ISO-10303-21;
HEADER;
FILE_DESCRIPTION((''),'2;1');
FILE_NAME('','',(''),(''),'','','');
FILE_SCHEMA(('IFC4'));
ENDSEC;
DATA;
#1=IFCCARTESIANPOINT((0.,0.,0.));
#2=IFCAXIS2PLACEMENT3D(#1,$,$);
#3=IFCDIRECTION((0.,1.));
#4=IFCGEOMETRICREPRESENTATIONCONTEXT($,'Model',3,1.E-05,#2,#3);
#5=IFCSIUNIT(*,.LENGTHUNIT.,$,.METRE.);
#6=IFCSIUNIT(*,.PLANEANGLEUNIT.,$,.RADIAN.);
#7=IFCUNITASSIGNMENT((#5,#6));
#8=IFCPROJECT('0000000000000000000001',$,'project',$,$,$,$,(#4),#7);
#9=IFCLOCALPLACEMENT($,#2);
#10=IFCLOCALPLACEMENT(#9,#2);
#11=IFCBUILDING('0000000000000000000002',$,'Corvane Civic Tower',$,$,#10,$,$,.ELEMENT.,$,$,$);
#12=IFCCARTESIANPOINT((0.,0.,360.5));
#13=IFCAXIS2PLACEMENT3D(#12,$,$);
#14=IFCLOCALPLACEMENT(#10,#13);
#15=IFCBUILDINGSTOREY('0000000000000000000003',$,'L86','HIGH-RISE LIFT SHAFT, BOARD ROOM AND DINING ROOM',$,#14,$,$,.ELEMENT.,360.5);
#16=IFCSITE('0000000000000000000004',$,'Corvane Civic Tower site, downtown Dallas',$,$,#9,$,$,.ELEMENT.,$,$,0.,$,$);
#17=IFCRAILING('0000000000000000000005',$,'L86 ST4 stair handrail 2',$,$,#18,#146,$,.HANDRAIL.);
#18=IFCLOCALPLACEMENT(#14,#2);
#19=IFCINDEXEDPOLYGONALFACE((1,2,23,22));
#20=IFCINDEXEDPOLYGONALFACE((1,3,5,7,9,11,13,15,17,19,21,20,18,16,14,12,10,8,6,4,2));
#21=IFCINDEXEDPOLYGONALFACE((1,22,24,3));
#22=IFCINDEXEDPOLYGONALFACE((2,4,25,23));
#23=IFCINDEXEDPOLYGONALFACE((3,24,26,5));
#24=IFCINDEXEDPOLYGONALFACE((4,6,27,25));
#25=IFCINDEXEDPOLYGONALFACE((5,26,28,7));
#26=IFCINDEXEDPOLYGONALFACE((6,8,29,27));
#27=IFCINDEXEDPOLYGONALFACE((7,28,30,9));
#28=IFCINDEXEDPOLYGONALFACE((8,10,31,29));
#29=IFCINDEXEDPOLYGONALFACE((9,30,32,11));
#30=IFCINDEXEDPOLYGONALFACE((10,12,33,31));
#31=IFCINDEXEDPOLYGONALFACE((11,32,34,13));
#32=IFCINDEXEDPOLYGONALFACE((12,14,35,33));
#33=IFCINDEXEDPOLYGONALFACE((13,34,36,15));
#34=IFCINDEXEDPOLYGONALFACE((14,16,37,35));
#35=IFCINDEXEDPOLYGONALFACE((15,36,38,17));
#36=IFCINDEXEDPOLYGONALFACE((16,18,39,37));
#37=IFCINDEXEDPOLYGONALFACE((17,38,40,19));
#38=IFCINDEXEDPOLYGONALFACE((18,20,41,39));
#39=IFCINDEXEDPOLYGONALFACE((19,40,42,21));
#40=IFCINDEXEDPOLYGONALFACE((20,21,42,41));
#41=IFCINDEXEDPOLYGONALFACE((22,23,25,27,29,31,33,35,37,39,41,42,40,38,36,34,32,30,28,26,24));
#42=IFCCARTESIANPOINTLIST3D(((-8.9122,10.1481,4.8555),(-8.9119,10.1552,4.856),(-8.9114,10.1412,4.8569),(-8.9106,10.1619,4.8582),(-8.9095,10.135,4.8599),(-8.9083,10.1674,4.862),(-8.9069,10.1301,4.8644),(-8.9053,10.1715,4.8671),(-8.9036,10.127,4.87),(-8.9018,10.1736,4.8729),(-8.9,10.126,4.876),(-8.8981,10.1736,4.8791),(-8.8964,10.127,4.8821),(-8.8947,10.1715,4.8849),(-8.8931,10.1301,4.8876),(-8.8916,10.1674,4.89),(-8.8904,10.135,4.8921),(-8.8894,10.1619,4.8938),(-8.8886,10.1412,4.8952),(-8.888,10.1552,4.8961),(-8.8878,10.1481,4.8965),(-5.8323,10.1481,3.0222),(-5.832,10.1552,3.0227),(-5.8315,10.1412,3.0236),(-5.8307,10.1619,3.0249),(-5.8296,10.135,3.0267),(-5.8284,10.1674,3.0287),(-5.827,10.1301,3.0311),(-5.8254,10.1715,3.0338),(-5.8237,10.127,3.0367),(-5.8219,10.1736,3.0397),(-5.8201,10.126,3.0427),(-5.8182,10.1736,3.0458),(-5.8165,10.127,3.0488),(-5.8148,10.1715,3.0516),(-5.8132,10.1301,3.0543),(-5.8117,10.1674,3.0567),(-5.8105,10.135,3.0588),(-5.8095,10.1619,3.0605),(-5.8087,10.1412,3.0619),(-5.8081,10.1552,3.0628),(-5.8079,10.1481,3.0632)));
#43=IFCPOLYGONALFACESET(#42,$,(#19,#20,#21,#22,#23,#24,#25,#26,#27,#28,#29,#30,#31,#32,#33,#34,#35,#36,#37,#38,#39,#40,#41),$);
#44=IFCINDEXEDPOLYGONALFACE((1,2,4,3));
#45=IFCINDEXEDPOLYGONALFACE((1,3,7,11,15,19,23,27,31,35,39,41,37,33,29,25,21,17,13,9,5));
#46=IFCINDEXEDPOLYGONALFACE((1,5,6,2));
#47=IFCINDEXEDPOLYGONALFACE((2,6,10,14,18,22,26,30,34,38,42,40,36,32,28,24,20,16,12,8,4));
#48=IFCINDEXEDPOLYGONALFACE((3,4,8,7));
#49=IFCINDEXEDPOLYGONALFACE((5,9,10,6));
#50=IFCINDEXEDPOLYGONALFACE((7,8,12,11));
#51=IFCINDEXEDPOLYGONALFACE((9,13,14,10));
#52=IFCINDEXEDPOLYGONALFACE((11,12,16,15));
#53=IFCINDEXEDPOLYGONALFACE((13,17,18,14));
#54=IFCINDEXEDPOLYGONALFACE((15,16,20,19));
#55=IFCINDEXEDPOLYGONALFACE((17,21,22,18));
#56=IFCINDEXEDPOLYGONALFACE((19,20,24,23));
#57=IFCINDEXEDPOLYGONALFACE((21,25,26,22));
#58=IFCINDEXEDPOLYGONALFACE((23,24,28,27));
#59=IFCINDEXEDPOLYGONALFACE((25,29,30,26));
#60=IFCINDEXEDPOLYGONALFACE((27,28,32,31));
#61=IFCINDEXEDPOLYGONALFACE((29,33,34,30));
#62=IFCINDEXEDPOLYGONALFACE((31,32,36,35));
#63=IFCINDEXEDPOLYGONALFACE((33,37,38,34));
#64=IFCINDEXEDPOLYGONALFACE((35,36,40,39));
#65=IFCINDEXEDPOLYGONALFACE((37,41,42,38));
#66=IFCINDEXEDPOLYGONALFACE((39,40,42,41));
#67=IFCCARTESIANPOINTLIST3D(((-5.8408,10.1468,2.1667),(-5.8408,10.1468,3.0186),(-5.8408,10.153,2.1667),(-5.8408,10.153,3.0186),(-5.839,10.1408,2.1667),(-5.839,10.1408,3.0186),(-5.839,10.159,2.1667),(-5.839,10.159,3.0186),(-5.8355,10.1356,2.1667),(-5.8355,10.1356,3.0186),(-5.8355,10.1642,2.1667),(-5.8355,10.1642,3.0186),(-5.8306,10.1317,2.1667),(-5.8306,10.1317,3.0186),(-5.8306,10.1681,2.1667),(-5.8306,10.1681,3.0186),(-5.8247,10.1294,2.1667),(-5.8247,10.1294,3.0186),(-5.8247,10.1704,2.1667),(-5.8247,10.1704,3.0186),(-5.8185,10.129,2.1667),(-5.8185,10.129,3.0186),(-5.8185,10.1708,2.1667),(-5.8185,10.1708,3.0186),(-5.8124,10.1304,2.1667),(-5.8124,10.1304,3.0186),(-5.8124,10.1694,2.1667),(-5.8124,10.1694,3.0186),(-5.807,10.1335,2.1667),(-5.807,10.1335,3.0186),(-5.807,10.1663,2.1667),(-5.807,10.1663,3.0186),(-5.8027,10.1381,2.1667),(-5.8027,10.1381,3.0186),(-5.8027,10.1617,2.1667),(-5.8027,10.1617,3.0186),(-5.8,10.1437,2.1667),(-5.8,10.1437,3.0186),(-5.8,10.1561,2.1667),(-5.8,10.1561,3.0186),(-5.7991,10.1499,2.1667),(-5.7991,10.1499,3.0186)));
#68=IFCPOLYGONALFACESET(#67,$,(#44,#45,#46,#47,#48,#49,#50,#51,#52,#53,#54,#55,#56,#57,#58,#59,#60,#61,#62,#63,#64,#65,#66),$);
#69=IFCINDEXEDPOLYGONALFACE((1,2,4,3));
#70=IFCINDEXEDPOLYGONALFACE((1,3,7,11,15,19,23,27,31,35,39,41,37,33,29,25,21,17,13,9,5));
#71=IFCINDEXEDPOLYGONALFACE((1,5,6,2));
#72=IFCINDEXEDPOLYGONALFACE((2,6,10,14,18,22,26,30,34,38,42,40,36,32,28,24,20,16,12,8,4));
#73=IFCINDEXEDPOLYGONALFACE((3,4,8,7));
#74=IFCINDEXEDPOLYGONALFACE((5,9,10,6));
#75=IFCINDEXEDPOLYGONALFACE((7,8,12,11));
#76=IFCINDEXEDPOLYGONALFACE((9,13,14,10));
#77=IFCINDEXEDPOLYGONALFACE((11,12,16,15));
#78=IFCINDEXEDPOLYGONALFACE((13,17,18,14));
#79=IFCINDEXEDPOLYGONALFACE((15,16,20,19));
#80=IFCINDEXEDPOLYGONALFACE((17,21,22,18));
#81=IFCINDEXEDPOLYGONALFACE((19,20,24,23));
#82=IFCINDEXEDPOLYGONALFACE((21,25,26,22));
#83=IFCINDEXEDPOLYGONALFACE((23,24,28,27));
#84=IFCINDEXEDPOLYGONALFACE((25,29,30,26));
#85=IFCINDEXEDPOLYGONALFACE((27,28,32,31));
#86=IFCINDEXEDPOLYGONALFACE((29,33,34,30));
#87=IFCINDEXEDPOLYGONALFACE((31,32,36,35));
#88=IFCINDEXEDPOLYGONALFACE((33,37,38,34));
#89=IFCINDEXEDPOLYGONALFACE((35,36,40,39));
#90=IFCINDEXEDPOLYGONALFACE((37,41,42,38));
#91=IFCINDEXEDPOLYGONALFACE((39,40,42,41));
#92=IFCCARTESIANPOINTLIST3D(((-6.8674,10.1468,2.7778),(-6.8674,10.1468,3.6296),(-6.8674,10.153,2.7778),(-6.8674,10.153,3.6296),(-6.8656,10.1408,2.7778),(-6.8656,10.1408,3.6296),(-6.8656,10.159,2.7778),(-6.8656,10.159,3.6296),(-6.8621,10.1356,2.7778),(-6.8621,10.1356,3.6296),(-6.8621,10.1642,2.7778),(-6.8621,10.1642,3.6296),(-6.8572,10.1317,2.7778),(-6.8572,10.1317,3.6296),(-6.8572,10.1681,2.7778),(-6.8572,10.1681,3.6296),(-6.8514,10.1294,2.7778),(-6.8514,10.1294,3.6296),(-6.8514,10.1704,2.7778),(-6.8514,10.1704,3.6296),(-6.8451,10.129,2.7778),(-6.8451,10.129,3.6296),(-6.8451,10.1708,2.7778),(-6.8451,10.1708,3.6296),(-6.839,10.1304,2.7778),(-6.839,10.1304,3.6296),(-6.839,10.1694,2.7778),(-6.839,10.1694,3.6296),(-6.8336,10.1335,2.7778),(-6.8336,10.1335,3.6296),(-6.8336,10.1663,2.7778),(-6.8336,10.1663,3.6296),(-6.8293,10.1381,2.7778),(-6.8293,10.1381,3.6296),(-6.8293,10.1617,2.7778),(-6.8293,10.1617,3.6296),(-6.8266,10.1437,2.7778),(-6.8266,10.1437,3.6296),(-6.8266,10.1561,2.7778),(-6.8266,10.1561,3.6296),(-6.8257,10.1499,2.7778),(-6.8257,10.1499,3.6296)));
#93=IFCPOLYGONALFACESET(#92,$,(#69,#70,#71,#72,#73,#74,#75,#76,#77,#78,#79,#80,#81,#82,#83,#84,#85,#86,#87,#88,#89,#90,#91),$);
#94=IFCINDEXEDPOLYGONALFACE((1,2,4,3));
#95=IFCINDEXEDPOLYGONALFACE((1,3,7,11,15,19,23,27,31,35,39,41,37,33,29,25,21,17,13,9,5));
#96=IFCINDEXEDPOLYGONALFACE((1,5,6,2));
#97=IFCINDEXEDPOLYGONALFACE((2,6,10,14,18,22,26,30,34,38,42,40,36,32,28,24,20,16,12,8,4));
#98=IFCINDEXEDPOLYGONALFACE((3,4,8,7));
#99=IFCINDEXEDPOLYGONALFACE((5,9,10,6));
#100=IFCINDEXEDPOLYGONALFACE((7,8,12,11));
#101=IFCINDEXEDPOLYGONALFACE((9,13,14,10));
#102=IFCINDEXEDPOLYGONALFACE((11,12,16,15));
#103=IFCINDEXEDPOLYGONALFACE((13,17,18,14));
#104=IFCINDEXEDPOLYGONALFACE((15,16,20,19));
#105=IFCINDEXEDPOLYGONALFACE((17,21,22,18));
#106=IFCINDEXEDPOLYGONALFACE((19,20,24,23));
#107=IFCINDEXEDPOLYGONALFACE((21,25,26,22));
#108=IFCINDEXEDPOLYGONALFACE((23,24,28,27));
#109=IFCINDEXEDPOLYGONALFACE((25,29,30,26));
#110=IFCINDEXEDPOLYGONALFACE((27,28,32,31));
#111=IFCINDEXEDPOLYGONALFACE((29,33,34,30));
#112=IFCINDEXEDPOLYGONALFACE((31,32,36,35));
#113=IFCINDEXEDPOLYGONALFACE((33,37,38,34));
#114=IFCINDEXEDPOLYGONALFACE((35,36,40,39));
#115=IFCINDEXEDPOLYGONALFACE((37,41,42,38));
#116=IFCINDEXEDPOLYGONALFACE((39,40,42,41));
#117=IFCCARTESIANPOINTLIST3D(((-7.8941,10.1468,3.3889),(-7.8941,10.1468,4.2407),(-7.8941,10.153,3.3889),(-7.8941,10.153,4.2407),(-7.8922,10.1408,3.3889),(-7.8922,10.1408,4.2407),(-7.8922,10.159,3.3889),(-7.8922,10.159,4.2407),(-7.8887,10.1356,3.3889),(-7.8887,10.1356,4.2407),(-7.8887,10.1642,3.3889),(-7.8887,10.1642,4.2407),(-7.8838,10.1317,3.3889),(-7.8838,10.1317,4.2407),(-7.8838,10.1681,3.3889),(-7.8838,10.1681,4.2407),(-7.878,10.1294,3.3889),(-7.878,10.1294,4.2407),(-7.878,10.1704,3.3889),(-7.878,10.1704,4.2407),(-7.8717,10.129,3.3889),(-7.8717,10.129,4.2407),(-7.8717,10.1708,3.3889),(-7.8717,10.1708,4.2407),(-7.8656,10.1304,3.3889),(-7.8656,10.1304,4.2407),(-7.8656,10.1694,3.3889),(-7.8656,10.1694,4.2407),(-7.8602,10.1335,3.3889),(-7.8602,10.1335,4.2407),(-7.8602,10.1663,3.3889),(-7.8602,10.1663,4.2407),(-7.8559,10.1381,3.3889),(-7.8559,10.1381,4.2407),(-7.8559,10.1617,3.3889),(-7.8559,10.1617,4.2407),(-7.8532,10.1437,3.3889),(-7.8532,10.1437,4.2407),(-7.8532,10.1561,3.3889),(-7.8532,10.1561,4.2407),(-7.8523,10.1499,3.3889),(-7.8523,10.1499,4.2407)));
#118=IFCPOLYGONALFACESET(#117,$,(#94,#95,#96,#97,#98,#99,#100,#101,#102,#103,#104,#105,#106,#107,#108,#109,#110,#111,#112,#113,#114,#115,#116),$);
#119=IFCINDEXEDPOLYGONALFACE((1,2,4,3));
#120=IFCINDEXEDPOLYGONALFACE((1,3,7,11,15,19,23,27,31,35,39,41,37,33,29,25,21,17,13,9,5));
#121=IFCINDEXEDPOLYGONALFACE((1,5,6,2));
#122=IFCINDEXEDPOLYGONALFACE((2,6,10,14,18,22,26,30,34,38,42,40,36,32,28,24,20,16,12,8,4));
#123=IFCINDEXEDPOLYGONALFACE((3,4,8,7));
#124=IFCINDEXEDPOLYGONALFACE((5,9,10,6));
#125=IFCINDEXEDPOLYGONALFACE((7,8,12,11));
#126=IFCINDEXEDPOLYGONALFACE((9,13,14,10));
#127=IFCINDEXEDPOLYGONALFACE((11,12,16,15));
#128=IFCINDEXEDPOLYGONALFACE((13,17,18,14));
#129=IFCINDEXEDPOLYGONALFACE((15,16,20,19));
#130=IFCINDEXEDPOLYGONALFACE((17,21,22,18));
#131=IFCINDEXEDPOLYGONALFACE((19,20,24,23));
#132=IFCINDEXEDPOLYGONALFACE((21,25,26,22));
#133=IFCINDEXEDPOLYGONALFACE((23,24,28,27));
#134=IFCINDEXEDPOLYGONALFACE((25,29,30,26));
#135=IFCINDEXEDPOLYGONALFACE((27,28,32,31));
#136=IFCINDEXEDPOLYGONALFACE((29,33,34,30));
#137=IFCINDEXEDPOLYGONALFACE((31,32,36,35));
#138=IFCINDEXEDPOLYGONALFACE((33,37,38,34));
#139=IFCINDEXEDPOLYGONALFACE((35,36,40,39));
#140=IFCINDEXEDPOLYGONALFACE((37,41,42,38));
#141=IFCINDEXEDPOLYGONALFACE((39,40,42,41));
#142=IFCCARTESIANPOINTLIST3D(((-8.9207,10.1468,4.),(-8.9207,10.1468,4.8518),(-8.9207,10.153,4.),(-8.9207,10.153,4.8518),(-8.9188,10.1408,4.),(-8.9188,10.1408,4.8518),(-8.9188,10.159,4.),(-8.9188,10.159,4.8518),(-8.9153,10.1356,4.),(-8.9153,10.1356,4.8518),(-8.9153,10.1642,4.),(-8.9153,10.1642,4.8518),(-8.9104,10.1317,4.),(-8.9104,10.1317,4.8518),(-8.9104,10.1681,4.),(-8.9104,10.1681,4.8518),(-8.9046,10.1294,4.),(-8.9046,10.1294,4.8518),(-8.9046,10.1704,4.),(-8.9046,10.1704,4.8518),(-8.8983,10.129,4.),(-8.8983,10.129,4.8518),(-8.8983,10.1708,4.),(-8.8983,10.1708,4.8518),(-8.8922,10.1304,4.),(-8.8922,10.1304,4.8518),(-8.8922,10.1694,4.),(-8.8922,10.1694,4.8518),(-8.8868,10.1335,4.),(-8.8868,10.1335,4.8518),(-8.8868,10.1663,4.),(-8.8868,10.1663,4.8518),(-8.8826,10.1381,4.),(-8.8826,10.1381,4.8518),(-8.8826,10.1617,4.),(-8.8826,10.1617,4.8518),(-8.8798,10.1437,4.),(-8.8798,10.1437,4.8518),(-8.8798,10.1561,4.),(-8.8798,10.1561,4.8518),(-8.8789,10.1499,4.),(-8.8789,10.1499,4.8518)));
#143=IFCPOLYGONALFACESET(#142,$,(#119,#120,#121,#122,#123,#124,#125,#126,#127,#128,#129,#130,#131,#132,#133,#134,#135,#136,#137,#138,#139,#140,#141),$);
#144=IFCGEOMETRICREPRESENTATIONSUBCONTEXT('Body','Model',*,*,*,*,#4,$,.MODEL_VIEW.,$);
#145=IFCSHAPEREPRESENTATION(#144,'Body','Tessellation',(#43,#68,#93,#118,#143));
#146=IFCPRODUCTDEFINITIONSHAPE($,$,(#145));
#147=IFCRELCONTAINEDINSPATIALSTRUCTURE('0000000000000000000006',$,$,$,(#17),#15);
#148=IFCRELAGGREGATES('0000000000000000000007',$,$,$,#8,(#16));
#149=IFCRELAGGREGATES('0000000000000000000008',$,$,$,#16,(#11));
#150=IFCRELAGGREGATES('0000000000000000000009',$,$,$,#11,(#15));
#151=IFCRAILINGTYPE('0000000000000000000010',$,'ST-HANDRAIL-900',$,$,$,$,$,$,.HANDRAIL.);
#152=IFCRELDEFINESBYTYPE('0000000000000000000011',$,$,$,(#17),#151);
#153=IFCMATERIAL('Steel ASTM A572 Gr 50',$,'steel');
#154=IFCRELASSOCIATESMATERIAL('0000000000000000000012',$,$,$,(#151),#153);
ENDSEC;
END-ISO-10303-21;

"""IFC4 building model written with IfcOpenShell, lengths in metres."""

from ifc_helpers import new_model, si_unit, direction, frame, origin, origin_2d, place, context, subcontext, project, spatial, circle, extrude, material, type_object, element, save


model = new_model("IFC4")

# Units and contexts
model_context = context("Model", 3, precision=1e-05, world=origin(), true_north=direction((0.0, 1.0)))
body_context = subcontext(model_context, "Body", "Model", "MODEL_VIEW")
ifc_project = project(units=[si_unit("LENGTHUNIT", "METRE"), si_unit("PLANEANGLEUNIT", "RADIAN")], contexts=[model_context])

# Site, building, storey
site_placement = place(None, origin())
site = spatial("IfcSite", under=ifc_project, at=site_placement, Name="Corvane Civic Tower site, downtown Dallas", CompositionType="ELEMENT", RefElevation=0.0)
building_placement = place(site_placement, origin())
building = spatial("IfcBuilding", under=site, at=building_placement, Name="Corvane Civic Tower", CompositionType="ELEMENT")
storey_placement = place(building_placement, frame((0.0, 0.0, 360.5)))
storey = spatial("IfcBuildingStorey", under=building, at=storey_placement, Name="L86", Description="HIGH-RISE LIFT SHAFT, BOARD ROOM AND DINING ROOM", CompositionType="ELEMENT", Elevation=360.5)

# Railing
ifc_material_1 = material(Name="Steel ASTM A572 Gr 50", Category="steel")
railing_type_1 = type_object("IfcRailingType", Name="ST-HANDRAIL-900", PredefinedType="HANDRAIL", material=ifc_material_1)
railing_1_placement = place(storey_placement, frame((-5.8201, 10.1499, 2.1667)))
element("IfcRailing", 1, at=railing_1_placement, inside=storey, type_object=railing_type_1, Name="L86 ST4 stair handrail 2", PredefinedType="HANDRAIL", context=body_context, shape_type="SweptSolid", body=[
    extrude(circle(Radius=0.0239, at=origin_2d()), frame((0.0, 0.0, 0.876), z_axis=(-0.859291, 0.0, 0.511487), x_axis=(0.0, -1.0, 0.0)), (0.0, 0.0, 1.0), 3.5842),
    extrude(circle(Radius=0.021, at=origin_2d()), origin(), (0.0, 0.0, 1.0), 0.8518),
    extrude(circle(Radius=0.021, at=origin_2d()), frame((-1.0266, 0.0, 0.6111)), (0.0, 0.0, 1.0), 0.8518),
    extrude(circle(Radius=0.021, at=origin_2d()), frame((-2.0532, 0.0, 1.2222)), (0.0, 0.0, 1.0), 0.8518),
    extrude(circle(Radius=0.021, at=origin_2d()), frame((-3.0798, 0.0, 1.8333)), (0.0, 0.0, 1.0), 0.8518),
])

save(model, "model.ifc")
